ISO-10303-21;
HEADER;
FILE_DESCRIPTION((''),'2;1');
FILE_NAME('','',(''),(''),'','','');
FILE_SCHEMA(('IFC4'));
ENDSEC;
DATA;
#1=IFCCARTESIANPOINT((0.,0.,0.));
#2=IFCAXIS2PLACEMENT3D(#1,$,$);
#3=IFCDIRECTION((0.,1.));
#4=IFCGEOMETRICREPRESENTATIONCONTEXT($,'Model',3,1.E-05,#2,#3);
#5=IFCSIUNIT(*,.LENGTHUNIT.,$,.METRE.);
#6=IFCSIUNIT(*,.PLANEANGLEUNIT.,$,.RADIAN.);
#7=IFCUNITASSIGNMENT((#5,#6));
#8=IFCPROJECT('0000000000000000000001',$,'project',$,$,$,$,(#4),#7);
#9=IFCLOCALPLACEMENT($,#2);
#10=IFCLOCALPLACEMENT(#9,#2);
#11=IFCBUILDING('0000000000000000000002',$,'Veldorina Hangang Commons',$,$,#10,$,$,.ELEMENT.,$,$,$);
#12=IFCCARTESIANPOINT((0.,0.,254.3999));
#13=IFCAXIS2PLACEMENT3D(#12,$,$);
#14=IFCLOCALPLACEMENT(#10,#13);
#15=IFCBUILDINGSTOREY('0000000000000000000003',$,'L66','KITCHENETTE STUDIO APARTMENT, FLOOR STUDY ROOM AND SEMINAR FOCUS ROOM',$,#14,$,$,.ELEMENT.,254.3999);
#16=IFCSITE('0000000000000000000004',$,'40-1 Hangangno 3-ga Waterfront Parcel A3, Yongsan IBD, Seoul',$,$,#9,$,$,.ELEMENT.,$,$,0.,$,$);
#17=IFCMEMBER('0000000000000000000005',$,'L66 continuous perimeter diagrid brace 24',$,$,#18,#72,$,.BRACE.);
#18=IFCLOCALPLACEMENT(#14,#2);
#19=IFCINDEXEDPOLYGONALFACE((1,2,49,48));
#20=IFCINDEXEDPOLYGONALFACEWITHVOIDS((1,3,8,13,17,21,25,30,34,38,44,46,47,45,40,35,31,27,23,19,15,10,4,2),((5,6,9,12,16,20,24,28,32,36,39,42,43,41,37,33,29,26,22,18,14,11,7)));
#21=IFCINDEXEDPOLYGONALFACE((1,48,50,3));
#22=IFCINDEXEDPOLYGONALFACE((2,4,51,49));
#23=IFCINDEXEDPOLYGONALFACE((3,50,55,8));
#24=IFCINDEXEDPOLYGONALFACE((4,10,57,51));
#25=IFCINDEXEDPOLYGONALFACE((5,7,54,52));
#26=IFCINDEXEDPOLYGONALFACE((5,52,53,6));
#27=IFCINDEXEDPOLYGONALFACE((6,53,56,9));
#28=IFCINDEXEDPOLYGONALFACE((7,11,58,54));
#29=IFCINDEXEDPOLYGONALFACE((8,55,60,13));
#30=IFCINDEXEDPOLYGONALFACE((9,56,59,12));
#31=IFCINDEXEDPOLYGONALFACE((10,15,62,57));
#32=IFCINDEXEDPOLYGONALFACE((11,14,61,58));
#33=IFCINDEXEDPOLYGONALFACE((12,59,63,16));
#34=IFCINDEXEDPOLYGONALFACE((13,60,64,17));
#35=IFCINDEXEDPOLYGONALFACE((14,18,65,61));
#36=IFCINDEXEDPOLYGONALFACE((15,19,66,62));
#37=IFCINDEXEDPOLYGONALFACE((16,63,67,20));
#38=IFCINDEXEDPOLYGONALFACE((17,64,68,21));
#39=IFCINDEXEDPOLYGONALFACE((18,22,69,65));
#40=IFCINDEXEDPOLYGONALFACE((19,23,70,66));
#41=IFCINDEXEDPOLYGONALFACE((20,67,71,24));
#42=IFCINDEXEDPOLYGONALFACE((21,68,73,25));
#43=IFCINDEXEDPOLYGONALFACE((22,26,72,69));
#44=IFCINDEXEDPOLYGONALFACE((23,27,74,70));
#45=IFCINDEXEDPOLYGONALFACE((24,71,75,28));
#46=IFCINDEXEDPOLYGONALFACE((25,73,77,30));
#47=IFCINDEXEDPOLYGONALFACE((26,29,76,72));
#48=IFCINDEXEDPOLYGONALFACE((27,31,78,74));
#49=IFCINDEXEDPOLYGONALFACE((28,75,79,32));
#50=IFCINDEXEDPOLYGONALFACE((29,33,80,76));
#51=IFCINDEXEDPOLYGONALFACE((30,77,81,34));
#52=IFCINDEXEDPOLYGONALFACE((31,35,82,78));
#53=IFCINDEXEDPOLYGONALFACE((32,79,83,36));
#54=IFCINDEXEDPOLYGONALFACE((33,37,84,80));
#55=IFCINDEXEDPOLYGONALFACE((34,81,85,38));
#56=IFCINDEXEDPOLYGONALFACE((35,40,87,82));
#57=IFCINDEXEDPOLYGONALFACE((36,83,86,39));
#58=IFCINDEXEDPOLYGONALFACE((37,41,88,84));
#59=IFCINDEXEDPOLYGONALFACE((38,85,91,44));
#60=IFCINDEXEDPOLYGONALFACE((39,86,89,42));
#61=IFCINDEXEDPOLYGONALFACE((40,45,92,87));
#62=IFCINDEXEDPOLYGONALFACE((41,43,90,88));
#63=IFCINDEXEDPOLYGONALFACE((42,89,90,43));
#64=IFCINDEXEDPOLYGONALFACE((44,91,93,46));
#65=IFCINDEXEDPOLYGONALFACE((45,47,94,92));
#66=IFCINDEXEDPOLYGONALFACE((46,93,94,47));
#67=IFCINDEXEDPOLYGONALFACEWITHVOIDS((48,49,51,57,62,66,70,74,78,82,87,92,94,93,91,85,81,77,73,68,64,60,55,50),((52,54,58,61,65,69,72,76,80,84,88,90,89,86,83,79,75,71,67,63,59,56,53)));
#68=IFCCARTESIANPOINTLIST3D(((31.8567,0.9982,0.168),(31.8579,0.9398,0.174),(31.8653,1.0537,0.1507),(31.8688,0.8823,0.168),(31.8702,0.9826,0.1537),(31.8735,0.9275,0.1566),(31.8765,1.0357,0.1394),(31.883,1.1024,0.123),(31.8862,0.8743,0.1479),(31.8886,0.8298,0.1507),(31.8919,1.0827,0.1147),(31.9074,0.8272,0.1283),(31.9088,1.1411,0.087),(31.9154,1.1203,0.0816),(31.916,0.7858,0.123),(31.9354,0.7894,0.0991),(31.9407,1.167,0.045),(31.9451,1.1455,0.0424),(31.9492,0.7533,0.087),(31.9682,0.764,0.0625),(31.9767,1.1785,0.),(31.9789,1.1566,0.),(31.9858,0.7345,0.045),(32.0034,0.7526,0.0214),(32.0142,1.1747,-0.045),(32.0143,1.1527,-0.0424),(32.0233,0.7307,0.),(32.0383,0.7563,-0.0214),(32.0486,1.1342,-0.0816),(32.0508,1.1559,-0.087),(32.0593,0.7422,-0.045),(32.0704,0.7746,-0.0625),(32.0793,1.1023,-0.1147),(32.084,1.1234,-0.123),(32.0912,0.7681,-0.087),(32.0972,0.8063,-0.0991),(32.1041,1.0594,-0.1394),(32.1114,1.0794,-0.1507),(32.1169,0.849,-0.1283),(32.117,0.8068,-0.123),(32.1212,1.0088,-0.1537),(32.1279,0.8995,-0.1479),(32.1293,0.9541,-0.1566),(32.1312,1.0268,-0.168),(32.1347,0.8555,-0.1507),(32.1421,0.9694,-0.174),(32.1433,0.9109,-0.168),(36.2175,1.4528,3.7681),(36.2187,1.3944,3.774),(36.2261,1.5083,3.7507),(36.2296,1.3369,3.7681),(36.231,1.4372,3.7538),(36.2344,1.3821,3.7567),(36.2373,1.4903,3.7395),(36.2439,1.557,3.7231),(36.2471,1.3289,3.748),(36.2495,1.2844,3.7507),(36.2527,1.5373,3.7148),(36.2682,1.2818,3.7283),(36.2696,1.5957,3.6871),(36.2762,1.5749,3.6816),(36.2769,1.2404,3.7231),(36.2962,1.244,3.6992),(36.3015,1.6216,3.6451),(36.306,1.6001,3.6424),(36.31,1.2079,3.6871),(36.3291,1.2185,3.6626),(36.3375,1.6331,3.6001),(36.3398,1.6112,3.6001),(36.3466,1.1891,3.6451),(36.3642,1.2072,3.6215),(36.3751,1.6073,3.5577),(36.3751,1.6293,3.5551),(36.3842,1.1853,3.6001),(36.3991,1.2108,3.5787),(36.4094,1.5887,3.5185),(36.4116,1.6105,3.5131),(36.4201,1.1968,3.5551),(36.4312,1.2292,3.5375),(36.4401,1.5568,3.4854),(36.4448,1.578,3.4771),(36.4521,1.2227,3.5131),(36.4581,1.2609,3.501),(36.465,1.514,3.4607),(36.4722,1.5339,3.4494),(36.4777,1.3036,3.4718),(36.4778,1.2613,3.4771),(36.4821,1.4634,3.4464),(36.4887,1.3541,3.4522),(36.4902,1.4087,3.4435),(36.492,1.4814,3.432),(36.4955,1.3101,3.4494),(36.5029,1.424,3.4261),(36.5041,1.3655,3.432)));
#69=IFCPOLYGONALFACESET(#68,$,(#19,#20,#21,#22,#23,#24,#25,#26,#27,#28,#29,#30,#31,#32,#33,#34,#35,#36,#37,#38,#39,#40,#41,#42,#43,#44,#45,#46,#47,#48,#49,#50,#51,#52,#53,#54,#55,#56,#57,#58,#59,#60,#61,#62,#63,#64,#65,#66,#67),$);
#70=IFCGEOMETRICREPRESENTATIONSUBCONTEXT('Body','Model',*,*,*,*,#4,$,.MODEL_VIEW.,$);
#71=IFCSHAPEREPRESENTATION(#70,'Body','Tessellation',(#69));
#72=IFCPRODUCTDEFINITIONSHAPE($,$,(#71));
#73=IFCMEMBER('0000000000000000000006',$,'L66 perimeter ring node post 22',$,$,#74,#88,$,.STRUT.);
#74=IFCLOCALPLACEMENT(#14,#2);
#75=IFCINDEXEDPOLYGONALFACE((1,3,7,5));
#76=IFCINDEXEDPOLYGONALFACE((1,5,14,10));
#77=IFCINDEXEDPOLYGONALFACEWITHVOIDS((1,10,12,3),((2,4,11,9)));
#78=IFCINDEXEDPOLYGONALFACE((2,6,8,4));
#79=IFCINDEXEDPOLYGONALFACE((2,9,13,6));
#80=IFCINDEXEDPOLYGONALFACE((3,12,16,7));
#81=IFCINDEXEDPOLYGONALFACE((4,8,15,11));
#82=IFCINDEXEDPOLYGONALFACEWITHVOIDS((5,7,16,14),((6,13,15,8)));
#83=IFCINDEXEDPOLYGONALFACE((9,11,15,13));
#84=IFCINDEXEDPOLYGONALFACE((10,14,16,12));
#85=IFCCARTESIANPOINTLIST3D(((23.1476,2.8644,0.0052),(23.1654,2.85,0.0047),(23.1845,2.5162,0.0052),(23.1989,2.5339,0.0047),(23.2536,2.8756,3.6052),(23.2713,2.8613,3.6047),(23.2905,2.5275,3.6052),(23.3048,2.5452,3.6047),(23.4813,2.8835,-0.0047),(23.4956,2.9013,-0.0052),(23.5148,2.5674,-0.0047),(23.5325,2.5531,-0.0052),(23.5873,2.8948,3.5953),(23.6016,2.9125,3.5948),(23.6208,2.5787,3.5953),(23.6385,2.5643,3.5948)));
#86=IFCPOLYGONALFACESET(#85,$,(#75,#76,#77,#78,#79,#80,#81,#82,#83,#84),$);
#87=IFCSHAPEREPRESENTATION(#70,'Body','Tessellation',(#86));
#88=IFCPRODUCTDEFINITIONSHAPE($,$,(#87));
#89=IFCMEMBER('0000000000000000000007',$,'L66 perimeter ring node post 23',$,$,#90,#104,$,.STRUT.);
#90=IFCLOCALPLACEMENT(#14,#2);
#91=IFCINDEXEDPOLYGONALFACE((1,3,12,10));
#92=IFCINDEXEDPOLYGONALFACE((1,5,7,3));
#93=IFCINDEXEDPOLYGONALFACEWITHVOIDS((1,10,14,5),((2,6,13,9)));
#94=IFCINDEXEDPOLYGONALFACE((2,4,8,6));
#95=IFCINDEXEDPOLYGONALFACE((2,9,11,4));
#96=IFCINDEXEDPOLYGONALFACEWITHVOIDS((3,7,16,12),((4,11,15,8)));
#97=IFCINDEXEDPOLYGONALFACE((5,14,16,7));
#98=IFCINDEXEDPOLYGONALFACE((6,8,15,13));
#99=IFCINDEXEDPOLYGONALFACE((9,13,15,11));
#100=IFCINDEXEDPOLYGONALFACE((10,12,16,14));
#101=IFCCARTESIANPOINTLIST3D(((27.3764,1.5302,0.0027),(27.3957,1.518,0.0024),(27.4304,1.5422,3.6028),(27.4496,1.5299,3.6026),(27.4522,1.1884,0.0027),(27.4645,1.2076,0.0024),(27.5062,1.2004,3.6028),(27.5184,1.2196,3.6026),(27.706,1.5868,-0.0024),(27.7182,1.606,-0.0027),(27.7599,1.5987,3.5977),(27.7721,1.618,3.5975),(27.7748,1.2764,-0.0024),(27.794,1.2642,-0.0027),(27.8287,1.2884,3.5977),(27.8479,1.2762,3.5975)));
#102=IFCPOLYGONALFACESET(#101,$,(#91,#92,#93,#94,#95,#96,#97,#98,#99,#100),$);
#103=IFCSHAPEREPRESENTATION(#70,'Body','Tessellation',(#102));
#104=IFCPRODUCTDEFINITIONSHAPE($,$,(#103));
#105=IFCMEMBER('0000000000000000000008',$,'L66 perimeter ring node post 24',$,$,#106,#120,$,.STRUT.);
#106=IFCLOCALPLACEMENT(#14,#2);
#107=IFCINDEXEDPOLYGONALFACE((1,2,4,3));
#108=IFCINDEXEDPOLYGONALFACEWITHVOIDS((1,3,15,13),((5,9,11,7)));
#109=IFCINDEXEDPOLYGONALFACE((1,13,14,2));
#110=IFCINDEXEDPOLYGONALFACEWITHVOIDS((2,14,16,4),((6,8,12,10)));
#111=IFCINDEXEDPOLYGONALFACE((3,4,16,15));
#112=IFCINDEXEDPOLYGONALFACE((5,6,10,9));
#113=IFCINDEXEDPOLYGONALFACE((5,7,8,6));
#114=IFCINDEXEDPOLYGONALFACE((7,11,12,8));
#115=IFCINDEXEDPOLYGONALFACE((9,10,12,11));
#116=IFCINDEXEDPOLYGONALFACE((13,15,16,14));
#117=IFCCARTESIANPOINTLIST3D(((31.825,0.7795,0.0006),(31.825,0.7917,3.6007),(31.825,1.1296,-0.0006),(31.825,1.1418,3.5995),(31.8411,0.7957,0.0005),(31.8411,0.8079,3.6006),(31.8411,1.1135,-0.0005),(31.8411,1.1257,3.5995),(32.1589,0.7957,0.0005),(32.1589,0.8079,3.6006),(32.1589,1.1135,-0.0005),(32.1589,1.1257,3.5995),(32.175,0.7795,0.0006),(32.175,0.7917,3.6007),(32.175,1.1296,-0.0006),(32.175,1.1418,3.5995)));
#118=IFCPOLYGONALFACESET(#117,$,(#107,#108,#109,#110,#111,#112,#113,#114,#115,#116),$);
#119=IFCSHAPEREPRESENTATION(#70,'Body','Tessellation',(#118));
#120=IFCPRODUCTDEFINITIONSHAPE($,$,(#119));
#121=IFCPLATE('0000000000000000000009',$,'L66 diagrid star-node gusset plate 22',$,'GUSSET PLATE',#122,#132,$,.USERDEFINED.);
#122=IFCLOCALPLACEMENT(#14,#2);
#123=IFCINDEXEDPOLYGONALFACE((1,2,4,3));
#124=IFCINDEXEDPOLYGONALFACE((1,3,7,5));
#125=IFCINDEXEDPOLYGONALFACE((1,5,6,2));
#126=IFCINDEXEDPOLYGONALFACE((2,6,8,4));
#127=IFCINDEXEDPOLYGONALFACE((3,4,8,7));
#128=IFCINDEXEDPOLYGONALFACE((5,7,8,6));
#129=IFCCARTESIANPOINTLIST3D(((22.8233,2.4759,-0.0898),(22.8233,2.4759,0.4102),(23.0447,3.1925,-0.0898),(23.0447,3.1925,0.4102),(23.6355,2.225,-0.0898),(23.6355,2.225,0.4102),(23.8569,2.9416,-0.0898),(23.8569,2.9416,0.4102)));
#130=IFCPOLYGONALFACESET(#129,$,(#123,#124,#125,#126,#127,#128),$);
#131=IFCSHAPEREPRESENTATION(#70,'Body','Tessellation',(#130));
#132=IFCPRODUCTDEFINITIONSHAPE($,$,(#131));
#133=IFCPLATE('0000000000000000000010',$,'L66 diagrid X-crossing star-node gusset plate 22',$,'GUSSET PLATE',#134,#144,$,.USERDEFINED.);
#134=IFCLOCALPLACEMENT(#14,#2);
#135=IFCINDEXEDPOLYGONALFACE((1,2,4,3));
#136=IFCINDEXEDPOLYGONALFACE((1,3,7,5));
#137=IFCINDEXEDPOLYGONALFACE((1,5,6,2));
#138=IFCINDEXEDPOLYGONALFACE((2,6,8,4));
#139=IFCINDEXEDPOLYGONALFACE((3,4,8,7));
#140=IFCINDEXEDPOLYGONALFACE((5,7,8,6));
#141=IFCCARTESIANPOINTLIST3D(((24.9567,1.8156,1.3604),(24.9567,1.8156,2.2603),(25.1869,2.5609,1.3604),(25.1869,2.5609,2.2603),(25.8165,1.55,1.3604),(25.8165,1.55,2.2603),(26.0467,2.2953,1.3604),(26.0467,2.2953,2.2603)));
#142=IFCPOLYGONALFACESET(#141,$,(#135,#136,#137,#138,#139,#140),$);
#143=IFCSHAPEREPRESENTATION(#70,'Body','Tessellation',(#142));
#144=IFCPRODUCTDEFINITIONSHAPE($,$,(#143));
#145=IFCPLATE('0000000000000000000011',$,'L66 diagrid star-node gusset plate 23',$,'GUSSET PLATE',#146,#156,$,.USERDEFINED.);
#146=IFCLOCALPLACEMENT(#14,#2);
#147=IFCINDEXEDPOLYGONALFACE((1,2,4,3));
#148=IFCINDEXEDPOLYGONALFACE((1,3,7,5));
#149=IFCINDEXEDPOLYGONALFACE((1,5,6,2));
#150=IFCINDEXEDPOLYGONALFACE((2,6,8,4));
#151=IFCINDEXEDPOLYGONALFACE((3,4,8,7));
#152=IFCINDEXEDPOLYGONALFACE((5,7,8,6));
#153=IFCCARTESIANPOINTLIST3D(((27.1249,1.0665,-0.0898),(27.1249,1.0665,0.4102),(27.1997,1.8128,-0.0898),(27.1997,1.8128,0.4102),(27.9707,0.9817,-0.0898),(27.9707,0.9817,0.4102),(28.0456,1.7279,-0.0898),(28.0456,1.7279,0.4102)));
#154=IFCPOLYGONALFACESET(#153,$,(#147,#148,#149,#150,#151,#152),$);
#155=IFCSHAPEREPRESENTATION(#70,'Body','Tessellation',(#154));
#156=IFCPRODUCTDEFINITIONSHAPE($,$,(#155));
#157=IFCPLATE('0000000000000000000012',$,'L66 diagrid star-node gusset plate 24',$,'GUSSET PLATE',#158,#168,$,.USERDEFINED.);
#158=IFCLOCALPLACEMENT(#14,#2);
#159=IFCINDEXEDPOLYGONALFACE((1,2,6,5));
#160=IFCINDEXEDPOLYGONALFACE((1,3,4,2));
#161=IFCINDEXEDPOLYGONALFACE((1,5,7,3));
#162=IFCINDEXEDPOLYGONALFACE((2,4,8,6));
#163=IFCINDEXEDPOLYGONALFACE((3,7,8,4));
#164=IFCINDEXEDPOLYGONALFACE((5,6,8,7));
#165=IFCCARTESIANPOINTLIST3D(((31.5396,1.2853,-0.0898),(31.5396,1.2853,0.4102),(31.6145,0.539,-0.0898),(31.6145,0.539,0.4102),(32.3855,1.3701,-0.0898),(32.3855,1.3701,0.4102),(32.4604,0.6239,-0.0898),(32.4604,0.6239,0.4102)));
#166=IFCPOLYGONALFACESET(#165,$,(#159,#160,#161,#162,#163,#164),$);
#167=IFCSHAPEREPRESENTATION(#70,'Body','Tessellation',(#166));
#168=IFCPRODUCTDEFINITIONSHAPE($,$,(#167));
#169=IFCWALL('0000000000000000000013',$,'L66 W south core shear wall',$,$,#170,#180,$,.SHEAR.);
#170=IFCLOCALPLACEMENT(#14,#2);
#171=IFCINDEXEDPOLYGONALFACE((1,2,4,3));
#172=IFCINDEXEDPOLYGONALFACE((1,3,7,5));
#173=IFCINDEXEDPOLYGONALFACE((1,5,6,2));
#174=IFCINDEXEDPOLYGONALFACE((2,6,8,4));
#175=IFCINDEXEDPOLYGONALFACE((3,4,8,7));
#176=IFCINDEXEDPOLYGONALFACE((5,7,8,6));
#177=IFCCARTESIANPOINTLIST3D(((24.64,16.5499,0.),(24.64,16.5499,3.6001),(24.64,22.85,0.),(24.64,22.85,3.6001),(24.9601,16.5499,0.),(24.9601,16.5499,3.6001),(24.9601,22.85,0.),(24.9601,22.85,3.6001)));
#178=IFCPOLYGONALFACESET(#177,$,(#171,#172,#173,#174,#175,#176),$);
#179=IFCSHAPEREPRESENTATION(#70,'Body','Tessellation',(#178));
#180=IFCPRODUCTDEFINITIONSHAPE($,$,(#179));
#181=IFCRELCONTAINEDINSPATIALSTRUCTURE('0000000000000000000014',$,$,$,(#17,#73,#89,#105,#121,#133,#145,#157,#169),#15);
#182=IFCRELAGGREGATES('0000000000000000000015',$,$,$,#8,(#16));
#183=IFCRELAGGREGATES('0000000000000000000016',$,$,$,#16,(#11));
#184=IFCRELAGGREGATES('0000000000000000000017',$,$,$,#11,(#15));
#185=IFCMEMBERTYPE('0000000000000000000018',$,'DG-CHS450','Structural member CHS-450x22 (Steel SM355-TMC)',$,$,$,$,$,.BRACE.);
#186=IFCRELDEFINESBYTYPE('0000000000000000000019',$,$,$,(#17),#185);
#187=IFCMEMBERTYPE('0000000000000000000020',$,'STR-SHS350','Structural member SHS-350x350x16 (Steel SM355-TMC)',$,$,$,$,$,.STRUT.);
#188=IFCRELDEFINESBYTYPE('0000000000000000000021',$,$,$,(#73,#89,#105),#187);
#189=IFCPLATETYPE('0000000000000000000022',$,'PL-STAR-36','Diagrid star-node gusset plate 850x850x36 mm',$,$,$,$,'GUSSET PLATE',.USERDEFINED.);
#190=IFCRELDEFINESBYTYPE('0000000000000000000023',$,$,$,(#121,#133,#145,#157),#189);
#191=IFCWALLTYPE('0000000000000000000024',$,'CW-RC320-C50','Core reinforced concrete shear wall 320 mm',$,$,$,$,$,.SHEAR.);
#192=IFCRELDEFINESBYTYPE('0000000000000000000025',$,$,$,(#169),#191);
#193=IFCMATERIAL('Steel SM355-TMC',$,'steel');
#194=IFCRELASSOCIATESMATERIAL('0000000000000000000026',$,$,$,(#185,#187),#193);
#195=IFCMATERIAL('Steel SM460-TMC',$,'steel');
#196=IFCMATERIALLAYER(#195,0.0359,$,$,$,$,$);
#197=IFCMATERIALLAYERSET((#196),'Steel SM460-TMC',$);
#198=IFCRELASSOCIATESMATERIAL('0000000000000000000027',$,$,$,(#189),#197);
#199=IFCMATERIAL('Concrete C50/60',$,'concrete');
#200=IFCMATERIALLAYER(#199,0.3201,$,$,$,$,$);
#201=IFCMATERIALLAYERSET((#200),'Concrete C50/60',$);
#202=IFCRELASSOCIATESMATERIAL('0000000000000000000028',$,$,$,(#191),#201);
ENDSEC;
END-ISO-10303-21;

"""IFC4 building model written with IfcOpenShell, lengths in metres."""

from ifc_helpers import new_model, si_unit, direction, frame, frame_2d, origin, origin_2d, place, context, subcontext, project, spatial, rectangle, hollow_rectangle, hollow_circle, extrude, material, layer, layer_set, material_profile, profile_set, type_object, element, save


model = new_model("IFC4")

# Units and contexts
model_context = context("Model", 3, precision=1e-05, world=origin(), true_north=direction((0.0, 1.0)))
body_context = subcontext(model_context, "Body", "Model", "MODEL_VIEW")
ifc_project = project(units=[si_unit("LENGTHUNIT", "METRE"), si_unit("PLANEANGLEUNIT", "RADIAN")], contexts=[model_context])

# Site, building, storey
site_placement = place(None, origin())
site = spatial("IfcSite", under=ifc_project, at=site_placement, Name="40-1 Hangangno 3-ga Waterfront Parcel A3, Yongsan IBD, Seoul", CompositionType="ELEMENT", RefElevation=0.0)
building_placement = place(site_placement, origin())
building = spatial("IfcBuilding", under=site, at=building_placement, Name="Veldorina Hangang Commons", CompositionType="ELEMENT")
storey_placement = place(building_placement, frame((0.0, 0.0, 254.3999)))
storey = spatial("IfcBuildingStorey", under=building, at=storey_placement, Name="L66", Description="KITCHENETTE STUDIO APARTMENT, FLOOR STUDY ROOM AND SEMINAR FOCUS ROOM", CompositionType="ELEMENT", Elevation=254.3999)

# Shared definitions
ifc_material_1 = material(Name="Steel SM355-TMC", Category="steel")

# Members
ifc_material_profile_1 = material_profile(ifc_material_1, hollow_circle(Radius=0.2251, WallThickness=0.022, at=origin_2d()), Name="CHS-450x22")
ifc_profile_set_1 = profile_set([ifc_material_profile_1], Name="Steel SM355-TMC")
member_type_1 = type_object("IfcMemberType", Name="DG-CHS450", Description="Structural member CHS-450x22 (Steel SM355-TMC)", PredefinedType="BRACE", material=ifc_profile_set_1)
member_1_placement = place(storey_placement, frame((32.0, 0.9546, 0.0), z_axis=(0.768685, 0.08013, 0.634589), x_axis=(-0.103682, 0.994611, 0.0)))
element("IfcMember", 1, at=member_1_placement, inside=storey, type_object=member_type_1, Name="L66 continuous perimeter diagrid brace 24", PredefinedType="BRACE", context=body_context, shape_type="SweptSolid", body=[
    extrude(hollow_circle(Radius=0.2251, WallThickness=0.022, at=origin_2d()), origin(), (0.0, 0.0, 1.0), 5.6731),
])
ifc_material_profile_2 = material_profile(ifc_material_1, hollow_rectangle(XDim=0.3501, YDim=0.3501, WallThickness=0.0161, at=origin_2d()), Name="SHS-350x350x16")
ifc_profile_set_2 = profile_set([ifc_material_profile_2], Name="Steel SM355-TMC")
member_type_2 = type_object("IfcMemberType", Name="STR-SHS350", Description="Structural member SHS-350x350x16 (Steel SM355-TMC)", PredefinedType="STRUT", material=ifc_profile_set_2)
member_2_placement = place(storey_placement, frame((23.3401, 2.7087, 0.0), z_axis=(0.029419, 0.003118, 0.999562), x_axis=(-0.1054, 0.99443, 0.0)))
element("IfcMember", 2, at=member_2_placement, inside=storey, type_object=member_type_2, Name="L66 perimeter ring node post 22", PredefinedType="STRUT", context=body_context, shape_type="SweptSolid", body=[
    extrude(hollow_rectangle(XDim=0.3501, YDim=0.3501, WallThickness=0.0161, at=origin_2d()), origin(), (0.0, 0.0, 1.0), 3.6016),
])
member_3_placement = place(storey_placement, frame((27.5852, 1.3972, 0.0), z_axis=(0.014985, 0.003323, 0.999882), x_axis=(-0.216463, 0.976291, 0.0)))
element("IfcMember", 3, at=member_3_placement, inside=storey, type_object=member_type_2, Name="L66 perimeter ring node post 23", PredefinedType="STRUT", context=body_context, shape_type="SweptSolid", body=[
    extrude(hollow_rectangle(XDim=0.3501, YDim=0.3501, WallThickness=0.0161, at=origin_2d()), origin(), (0.0, 0.0, 1.0), 3.6006),
])
member_4_placement = place(storey_placement, frame((32.0, 0.9546, 0.0), z_axis=(0.0, 0.003391, 0.999994), x_axis=(-1.0, 0.0, 0.0)))
element("IfcMember", 4, at=member_4_placement, inside=storey, type_object=member_type_2, Name="L66 perimeter ring node post 24", PredefinedType="STRUT", context=body_context, shape_type="SweptSolid", body=[
    extrude(hollow_rectangle(XDim=0.3501, YDim=0.3501, WallThickness=0.0161, at=origin_2d()), origin(), (0.0, 0.0, 1.0), 3.6001),
])

# Plates
ifc_material_2 = material(Name="Steel SM460-TMC", Category="steel")
ifc_layer_1 = layer(ifc_material_2, 0.0359)
ifc_layer_set_1 = layer_set([ifc_layer_1], Name="Steel SM460-TMC")
plate_type = type_object("IfcPlateType", Name="PL-STAR-36", Description="Diagrid star-node gusset plate 850x850x36 mm", ElementType="GUSSET PLATE", PredefinedType="USERDEFINED", material=ifc_layer_set_1)
plate_1_placement = place(storey_placement, frame((23.3401, 2.7087, -0.0898), z_axis=(0.0, 0.0, 1.0), x_axis=(0.955449, -0.295158, 0.0)))
element("IfcPlate", 5, at=plate_1_placement, inside=storey, type_object=plate_type, Name="L66 diagrid star-node gusset plate 22", ObjectType="GUSSET PLATE", PredefinedType="USERDEFINED", context=body_context, shape_type="SweptSolid", body=[
    extrude(rectangle(XDim=0.8501, YDim=0.75, at=origin_2d()), origin(), (0.0, 0.0, 1.0), 0.5),
])
plate_2_placement = place(storey_placement, frame((25.5017, 2.0554, 1.3604), z_axis=(0.0, 0.0, 1.0), x_axis=(0.955449, -0.295158, 0.0)))
element("IfcPlate", 6, at=plate_2_placement, inside=storey, type_object=plate_type, Name="L66 diagrid X-crossing star-node gusset plate 22", ObjectType="GUSSET PLATE", PredefinedType="USERDEFINED", context=body_context, shape_type="SweptSolid", body=[
    extrude(rectangle(XDim=0.8999, YDim=0.78, at=origin_2d()), origin(), (0.0, 0.0, 1.0), 0.8999),
])
for number, where, z_axis, x_axis, name in (
    (7, (27.5852, 1.3972, -0.0898), (0.0, 0.0, 1.0), (0.995007, -0.099806, 0.0), "L66 diagrid star-node gusset plate 23"),
    (8, (32.0, 0.9546, -0.0898), (0.0, 0.0, 1.0), (0.995007, 0.099806, 0.0), "L66 diagrid star-node gusset plate 24"),
):
    element("IfcPlate", number, at=place(storey_placement, frame(where, z_axis=z_axis, x_axis=x_axis)), inside=storey, type_object=plate_type, Name=name, ObjectType="GUSSET PLATE", PredefinedType="USERDEFINED", context=body_context, shape_type="SweptSolid", body=[
        extrude(rectangle(XDim=0.8501, YDim=0.75, at=origin_2d()), origin(), (0.0, 0.0, 1.0), 0.5),
    ])

# Wall
ifc_material_3 = material(Name="Concrete C50/60", Category="concrete")
ifc_layer_2 = layer(ifc_material_3, 0.3201)
ifc_layer_set_2 = layer_set([ifc_layer_2], Name="Concrete C50/60")
wall_type_1 = type_object("IfcWallType", Name="CW-RC320-C50", Description="Core reinforced concrete shear wall 320 mm", PredefinedType="SHEAR", material=ifc_layer_set_2)
wall_1_placement = place(storey_placement, frame((24.8, 16.55, 0.0), z_axis=(0.0, 0.0, 1.0), x_axis=(0.0, 1.0, 0.0)))
element("IfcWall", 9, at=wall_1_placement, inside=storey, type_object=wall_type_1, Name="L66 W south core shear wall", PredefinedType="SHEAR", context=body_context, shape_type="SweptSolid", body=[
    extrude(rectangle(XDim=6.3, YDim=0.3201, at=frame_2d((3.1499, 0.0))), origin(), (0.0, 0.0, 1.0), 3.6001),
])

save(model, "model.ifc")
